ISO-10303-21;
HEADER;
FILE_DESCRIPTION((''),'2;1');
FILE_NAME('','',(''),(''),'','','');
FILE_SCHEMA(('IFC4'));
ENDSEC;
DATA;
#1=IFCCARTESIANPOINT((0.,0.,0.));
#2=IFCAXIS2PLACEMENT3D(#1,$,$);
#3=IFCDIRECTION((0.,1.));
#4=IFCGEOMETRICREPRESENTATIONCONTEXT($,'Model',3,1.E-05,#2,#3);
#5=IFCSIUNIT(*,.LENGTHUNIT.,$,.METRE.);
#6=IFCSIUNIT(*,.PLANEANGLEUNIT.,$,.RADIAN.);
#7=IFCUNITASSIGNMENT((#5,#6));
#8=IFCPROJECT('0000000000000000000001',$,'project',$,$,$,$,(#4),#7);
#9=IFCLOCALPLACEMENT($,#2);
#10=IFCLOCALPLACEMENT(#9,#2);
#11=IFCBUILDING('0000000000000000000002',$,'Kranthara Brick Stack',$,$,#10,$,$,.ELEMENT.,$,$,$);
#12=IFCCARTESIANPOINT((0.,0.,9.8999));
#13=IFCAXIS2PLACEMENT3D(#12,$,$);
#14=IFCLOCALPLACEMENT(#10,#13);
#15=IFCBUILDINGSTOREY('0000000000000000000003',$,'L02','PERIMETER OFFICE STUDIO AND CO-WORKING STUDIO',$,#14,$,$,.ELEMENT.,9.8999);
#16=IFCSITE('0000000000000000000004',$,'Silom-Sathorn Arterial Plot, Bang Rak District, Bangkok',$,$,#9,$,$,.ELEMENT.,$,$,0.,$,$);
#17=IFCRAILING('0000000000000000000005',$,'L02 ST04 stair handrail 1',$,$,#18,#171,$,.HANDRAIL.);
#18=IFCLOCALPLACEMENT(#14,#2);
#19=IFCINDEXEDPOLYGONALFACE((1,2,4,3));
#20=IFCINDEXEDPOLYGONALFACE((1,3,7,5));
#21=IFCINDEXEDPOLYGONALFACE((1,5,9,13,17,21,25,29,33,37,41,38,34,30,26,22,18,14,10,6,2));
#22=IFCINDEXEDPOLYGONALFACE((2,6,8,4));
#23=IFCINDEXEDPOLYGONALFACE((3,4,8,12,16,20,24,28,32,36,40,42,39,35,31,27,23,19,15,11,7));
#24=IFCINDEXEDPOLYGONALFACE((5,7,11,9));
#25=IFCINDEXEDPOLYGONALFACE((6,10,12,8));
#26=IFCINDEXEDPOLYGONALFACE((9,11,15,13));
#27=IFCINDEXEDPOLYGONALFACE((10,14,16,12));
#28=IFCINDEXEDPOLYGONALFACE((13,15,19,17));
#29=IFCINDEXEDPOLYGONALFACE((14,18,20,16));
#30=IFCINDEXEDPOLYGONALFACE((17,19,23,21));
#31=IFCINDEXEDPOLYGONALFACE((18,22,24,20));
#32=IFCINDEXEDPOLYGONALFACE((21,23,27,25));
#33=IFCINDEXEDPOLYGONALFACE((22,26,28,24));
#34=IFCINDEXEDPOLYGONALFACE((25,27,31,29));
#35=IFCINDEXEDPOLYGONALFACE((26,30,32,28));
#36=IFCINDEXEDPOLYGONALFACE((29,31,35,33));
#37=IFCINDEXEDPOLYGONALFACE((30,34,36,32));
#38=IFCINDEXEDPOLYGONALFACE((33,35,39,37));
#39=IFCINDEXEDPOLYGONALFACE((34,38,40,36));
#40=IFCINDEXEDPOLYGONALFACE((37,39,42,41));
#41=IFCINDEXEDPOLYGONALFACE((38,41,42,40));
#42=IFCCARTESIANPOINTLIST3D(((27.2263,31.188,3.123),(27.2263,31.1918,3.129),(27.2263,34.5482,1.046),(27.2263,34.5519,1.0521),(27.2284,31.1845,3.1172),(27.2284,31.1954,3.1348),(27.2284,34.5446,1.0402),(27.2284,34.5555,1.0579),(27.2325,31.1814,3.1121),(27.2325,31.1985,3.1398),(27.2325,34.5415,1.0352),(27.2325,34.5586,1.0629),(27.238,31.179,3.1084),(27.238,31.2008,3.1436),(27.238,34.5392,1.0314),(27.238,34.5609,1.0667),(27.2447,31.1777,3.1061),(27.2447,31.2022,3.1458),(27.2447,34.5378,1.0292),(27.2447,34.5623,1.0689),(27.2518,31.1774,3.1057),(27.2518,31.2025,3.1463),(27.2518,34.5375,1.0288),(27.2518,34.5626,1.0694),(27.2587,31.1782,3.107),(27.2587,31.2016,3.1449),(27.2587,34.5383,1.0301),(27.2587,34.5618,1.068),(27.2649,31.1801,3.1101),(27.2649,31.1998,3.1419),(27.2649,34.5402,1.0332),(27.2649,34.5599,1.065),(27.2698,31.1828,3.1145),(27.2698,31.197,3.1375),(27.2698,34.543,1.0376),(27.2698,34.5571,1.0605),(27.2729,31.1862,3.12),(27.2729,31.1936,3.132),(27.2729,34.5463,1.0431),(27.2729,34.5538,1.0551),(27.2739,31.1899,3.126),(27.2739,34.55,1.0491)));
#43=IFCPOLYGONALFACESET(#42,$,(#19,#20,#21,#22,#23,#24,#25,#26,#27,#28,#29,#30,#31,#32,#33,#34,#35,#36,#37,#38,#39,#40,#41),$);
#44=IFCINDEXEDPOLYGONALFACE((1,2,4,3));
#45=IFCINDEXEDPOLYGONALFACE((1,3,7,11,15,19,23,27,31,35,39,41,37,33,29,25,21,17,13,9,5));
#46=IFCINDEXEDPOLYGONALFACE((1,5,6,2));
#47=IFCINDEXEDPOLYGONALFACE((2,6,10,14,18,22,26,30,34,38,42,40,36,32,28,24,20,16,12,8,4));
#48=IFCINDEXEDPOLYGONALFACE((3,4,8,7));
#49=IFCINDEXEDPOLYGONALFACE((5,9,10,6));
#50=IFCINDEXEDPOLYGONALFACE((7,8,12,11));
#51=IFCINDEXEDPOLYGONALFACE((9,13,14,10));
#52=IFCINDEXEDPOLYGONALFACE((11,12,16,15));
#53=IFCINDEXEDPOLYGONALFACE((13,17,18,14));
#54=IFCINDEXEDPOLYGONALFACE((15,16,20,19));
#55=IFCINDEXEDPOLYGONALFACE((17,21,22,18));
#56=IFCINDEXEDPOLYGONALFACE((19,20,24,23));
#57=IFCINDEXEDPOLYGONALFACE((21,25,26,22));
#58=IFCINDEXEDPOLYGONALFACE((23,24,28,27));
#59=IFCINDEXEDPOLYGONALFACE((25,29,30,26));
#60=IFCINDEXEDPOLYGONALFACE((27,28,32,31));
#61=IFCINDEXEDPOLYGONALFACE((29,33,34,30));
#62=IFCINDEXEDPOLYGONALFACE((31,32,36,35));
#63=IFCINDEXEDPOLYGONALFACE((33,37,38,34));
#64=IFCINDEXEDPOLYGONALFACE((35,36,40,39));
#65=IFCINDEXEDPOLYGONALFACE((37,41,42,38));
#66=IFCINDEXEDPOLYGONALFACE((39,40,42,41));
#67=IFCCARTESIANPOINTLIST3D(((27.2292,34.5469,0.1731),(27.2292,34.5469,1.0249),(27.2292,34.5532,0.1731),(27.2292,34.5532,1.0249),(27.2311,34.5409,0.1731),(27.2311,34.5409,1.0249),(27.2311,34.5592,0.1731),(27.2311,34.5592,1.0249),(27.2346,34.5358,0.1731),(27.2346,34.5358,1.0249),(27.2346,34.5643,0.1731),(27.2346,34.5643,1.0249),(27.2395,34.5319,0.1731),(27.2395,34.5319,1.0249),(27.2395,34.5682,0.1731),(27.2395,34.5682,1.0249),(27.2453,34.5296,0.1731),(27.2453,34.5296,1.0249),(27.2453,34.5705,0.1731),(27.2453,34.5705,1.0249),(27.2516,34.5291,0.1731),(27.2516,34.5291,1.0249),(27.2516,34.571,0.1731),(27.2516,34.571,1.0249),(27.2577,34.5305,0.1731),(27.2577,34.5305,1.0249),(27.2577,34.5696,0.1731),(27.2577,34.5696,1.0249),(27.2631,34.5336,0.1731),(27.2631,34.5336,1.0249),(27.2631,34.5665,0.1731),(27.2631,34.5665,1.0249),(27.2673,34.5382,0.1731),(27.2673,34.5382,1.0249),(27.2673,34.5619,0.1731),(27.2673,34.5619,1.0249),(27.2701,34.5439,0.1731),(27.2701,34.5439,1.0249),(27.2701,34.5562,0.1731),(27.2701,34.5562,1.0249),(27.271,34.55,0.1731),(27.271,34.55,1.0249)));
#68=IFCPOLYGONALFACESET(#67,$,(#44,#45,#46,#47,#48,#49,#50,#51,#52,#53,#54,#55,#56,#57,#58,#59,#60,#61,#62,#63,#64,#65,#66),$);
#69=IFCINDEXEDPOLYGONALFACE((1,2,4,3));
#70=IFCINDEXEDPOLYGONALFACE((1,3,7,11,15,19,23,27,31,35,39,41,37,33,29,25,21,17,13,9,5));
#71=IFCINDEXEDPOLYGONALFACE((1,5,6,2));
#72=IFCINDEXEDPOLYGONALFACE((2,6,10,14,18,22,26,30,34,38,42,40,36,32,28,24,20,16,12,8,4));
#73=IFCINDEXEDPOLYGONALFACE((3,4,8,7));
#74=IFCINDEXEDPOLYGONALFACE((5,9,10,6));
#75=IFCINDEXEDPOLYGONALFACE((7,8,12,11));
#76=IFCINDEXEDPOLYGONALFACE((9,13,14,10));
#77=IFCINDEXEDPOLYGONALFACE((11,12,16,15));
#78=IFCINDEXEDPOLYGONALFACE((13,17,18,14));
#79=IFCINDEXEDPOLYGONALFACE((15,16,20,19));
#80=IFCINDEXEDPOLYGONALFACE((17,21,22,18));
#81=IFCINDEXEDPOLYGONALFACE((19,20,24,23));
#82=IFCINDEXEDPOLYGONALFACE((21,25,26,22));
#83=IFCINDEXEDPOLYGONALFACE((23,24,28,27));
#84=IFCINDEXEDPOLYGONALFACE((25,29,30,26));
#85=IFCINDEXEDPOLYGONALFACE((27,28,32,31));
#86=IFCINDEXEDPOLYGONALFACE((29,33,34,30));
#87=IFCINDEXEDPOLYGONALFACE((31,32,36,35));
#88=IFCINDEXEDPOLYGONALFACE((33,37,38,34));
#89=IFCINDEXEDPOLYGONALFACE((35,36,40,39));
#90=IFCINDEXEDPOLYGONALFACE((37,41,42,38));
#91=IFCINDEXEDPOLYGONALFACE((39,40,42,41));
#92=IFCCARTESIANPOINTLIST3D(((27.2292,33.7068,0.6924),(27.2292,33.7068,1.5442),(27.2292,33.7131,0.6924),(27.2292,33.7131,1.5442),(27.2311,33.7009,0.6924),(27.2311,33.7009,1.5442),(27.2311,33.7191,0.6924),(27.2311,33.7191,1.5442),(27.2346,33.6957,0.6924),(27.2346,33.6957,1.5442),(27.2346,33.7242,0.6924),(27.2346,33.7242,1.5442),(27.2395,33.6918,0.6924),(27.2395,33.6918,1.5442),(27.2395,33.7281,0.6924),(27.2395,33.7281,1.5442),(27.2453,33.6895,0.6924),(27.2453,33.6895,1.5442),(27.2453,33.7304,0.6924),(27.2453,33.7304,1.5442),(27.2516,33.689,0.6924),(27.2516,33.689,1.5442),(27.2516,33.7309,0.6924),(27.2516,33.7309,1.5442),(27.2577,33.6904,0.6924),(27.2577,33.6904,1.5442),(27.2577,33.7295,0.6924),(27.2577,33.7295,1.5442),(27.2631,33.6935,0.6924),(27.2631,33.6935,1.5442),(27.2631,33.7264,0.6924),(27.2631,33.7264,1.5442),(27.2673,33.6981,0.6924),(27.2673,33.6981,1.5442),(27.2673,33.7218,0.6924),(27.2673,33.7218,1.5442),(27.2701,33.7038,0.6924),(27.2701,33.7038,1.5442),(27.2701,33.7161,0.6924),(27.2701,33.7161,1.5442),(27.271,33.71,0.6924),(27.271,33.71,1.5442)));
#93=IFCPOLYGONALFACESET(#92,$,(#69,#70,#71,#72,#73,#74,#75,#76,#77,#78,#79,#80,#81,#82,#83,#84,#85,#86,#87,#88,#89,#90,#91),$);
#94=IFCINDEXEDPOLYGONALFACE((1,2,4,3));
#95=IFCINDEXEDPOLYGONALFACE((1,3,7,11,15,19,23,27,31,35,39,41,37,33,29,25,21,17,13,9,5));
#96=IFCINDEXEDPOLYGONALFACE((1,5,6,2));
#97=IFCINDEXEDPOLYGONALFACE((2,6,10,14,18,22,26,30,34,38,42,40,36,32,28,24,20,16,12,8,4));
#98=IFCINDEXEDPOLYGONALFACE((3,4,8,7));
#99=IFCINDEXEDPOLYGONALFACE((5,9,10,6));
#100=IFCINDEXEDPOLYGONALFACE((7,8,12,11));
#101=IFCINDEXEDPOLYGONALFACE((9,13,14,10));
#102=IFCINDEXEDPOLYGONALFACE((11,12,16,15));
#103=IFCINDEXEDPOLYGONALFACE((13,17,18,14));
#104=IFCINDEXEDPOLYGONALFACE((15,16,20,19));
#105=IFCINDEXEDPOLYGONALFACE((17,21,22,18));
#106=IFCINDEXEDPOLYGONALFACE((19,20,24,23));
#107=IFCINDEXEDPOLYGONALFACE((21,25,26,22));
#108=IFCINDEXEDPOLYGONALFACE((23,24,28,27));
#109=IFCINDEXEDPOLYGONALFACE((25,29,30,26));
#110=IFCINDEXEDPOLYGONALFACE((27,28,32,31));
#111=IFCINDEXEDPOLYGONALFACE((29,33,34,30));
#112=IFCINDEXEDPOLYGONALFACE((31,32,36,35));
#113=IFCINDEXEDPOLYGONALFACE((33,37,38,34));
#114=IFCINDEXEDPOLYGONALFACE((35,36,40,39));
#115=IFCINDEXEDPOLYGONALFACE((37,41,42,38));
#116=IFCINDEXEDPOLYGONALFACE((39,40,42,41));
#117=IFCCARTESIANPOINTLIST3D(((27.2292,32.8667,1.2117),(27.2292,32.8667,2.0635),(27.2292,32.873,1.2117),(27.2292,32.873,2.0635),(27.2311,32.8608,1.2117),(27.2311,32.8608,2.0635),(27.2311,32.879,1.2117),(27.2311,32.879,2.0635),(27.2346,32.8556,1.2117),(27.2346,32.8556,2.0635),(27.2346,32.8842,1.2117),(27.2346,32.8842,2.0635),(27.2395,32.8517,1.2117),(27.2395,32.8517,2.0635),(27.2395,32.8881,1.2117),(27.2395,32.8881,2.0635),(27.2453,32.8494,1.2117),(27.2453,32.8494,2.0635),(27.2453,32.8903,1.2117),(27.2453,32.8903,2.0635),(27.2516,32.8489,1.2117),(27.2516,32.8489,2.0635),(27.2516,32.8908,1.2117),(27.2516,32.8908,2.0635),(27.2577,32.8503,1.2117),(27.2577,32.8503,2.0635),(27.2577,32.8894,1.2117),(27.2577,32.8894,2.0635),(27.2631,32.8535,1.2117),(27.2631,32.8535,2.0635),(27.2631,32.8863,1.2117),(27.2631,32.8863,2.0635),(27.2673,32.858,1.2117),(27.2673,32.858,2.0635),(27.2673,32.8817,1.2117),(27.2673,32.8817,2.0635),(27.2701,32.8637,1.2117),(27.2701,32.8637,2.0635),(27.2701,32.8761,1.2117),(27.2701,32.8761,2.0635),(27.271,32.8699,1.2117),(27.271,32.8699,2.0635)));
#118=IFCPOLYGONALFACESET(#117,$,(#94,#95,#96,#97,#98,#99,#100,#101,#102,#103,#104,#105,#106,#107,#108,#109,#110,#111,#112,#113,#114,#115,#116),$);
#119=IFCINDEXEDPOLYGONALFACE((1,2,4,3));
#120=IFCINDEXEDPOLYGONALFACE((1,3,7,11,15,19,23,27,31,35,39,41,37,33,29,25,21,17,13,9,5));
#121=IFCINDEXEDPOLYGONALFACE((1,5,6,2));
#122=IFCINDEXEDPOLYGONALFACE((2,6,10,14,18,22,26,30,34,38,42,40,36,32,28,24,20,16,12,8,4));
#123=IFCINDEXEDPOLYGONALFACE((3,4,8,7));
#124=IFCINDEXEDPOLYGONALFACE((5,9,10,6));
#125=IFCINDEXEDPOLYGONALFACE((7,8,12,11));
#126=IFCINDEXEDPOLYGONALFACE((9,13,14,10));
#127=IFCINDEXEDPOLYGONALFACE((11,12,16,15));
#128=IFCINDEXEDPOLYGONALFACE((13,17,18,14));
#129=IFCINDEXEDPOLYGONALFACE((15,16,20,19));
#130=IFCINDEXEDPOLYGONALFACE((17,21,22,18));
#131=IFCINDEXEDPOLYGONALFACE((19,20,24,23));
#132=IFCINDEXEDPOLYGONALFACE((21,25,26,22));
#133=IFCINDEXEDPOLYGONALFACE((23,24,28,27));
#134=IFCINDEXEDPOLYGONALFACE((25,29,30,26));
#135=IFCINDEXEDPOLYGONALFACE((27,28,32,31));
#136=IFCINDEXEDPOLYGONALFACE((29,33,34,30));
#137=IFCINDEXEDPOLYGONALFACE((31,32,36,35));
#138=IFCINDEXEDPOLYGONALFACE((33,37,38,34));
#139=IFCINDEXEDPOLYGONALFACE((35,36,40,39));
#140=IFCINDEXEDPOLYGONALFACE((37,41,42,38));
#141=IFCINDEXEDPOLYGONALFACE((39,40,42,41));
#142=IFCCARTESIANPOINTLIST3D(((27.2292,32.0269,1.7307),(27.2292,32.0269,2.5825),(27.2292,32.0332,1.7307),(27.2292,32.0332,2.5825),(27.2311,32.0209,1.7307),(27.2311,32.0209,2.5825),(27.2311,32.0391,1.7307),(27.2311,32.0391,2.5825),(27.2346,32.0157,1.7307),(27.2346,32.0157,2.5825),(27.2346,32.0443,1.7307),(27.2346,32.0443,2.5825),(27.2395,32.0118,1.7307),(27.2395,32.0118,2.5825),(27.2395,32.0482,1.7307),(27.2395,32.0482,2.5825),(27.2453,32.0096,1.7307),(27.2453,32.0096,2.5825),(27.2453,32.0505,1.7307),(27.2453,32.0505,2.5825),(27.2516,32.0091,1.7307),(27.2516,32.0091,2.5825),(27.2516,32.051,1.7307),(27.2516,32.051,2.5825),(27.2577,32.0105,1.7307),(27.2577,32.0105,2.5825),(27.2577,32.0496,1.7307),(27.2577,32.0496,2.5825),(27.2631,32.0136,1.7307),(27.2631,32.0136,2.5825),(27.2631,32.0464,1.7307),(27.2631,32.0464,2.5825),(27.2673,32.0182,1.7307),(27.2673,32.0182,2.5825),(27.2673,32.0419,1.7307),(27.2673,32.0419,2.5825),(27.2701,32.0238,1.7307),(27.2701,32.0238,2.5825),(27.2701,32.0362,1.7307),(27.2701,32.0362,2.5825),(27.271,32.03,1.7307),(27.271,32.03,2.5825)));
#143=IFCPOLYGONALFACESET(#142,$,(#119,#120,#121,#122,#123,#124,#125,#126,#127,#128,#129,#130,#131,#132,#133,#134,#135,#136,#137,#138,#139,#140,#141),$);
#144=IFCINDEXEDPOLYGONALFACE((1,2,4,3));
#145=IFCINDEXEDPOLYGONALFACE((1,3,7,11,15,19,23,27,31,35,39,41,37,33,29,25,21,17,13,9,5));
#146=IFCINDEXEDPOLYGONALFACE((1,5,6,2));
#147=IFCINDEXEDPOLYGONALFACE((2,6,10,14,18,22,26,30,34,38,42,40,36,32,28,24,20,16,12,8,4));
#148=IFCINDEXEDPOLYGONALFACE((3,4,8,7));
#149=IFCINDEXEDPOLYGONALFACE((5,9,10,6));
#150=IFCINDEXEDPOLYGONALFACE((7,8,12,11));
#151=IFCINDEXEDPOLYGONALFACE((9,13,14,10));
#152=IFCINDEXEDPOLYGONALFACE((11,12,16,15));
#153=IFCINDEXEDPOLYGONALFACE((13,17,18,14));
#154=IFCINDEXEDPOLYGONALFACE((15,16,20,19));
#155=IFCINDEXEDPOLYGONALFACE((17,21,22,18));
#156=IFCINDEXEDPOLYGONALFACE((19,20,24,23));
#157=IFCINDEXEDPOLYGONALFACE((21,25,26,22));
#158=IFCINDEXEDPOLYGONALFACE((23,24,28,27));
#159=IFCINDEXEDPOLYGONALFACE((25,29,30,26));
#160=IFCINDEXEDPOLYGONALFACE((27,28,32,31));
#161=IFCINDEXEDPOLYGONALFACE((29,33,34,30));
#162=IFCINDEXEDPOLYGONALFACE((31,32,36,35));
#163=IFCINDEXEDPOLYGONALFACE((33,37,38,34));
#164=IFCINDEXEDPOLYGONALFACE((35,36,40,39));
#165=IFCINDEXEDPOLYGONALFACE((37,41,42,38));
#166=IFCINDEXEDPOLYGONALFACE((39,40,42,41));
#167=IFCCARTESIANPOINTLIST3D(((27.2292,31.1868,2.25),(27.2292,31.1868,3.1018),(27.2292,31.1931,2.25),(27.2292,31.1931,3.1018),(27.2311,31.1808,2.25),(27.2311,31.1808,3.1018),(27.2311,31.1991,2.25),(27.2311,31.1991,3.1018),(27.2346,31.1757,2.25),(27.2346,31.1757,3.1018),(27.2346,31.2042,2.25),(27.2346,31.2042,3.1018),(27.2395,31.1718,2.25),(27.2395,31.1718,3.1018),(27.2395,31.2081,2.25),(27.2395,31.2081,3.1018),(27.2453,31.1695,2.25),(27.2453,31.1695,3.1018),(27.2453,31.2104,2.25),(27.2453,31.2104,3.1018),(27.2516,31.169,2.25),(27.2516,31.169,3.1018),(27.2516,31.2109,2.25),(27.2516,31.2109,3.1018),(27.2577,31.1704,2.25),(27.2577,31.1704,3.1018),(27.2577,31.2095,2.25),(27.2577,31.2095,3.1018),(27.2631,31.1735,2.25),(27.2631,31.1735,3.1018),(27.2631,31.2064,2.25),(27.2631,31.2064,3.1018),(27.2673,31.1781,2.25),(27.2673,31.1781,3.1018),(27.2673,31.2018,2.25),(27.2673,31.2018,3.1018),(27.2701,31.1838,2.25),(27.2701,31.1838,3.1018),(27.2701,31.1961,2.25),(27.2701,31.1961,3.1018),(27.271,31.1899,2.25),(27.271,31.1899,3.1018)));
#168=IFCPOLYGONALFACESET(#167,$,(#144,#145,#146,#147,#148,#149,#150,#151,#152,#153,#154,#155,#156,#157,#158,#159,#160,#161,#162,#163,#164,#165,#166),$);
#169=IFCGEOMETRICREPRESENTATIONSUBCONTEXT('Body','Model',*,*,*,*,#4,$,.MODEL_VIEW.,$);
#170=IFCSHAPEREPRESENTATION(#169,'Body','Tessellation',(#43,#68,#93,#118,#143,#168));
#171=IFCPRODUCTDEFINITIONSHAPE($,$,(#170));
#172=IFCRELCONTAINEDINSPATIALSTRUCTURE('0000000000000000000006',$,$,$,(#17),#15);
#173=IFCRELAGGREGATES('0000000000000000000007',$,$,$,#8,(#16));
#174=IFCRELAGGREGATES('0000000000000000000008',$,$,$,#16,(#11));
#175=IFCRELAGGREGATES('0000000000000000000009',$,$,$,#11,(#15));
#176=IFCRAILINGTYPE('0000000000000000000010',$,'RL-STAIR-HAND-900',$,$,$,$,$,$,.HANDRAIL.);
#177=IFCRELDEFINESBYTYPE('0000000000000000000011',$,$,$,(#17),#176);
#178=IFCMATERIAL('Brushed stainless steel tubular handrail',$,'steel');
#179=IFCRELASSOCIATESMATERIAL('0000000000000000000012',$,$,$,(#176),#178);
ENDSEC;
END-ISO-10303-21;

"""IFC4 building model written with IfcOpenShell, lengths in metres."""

from ifc_helpers import new_model, si_unit, direction, frame, origin, origin_2d, place, context, subcontext, project, spatial, circle, extrude, material, type_object, element, save


model = new_model("IFC4")

# Units and contexts
model_context = context("Model", 3, precision=1e-05, world=origin(), true_north=direction((0.0, 1.0)))
body_context = subcontext(model_context, "Body", "Model", "MODEL_VIEW")
ifc_project = project(units=[si_unit("LENGTHUNIT", "METRE"), si_unit("PLANEANGLEUNIT", "RADIAN")], contexts=[model_context])

# Site, building, storey
site_placement = place(None, origin())
site = spatial("IfcSite", under=ifc_project, at=site_placement, Name="Silom-Sathorn Arterial Plot, Bang Rak District, Bangkok", CompositionType="ELEMENT", RefElevation=0.0)
building_placement = place(site_placement, origin())
building = spatial("IfcBuilding", under=site, at=building_placement, Name="Kranthara Brick Stack", CompositionType="ELEMENT")
storey_placement = place(building_placement, frame((0.0, 0.0, 9.8999)))
storey = spatial("IfcBuildingStorey", under=building, at=storey_placement, Name="L02", Description="PERIMETER OFFICE STUDIO AND CO-WORKING STUDIO", CompositionType="ELEMENT", Elevation=9.8999)

# Railing
ifc_material_1 = material(Name="Brushed stainless steel tubular handrail", Category="steel")
railing_type_1 = type_object("IfcRailingType", Name="RL-STAIR-HAND-900", PredefinedType="HANDRAIL", material=ifc_material_1)
railing_1_placement = place(storey_placement, frame((27.25, 34.55, 0.1731)))
element("IfcRailing", 1, at=railing_1_placement, inside=storey, type_object=railing_type_1, Name="L02 ST04 stair handrail 1", PredefinedType="HANDRAIL", context=body_context, shape_type="SweptSolid", body=[
    extrude(circle(Radius=0.0239, at=origin_2d()), frame((0.0, 0.0, 0.876), z_axis=(0.0, -0.850623, 0.525776), x_axis=(1.0, 0.0, 0.0)), (0.0, 0.0, 1.0), 3.9502),
    extrude(circle(Radius=0.021, at=origin_2d()), origin(), (0.0, 0.0, 1.0), 0.8518),
    extrude(circle(Radius=0.021, at=origin_2d()), frame((0.0, -0.8401, 0.5193)), (0.0, 0.0, 1.0), 0.8518),
    extrude(circle(Radius=0.021, at=origin_2d()), frame((0.0, -1.6802, 1.0386)), (0.0, 0.0, 1.0), 0.8518),
    extrude(circle(Radius=0.021, at=origin_2d()), frame((0.0, -2.52, 1.5576)), (0.0, 0.0, 1.0), 0.8518),
    extrude(circle(Radius=0.021, at=origin_2d()), frame((0.0, -3.3601, 2.0769)), (0.0, 0.0, 1.0), 0.8518),
])

save(model, "model.ifc")
